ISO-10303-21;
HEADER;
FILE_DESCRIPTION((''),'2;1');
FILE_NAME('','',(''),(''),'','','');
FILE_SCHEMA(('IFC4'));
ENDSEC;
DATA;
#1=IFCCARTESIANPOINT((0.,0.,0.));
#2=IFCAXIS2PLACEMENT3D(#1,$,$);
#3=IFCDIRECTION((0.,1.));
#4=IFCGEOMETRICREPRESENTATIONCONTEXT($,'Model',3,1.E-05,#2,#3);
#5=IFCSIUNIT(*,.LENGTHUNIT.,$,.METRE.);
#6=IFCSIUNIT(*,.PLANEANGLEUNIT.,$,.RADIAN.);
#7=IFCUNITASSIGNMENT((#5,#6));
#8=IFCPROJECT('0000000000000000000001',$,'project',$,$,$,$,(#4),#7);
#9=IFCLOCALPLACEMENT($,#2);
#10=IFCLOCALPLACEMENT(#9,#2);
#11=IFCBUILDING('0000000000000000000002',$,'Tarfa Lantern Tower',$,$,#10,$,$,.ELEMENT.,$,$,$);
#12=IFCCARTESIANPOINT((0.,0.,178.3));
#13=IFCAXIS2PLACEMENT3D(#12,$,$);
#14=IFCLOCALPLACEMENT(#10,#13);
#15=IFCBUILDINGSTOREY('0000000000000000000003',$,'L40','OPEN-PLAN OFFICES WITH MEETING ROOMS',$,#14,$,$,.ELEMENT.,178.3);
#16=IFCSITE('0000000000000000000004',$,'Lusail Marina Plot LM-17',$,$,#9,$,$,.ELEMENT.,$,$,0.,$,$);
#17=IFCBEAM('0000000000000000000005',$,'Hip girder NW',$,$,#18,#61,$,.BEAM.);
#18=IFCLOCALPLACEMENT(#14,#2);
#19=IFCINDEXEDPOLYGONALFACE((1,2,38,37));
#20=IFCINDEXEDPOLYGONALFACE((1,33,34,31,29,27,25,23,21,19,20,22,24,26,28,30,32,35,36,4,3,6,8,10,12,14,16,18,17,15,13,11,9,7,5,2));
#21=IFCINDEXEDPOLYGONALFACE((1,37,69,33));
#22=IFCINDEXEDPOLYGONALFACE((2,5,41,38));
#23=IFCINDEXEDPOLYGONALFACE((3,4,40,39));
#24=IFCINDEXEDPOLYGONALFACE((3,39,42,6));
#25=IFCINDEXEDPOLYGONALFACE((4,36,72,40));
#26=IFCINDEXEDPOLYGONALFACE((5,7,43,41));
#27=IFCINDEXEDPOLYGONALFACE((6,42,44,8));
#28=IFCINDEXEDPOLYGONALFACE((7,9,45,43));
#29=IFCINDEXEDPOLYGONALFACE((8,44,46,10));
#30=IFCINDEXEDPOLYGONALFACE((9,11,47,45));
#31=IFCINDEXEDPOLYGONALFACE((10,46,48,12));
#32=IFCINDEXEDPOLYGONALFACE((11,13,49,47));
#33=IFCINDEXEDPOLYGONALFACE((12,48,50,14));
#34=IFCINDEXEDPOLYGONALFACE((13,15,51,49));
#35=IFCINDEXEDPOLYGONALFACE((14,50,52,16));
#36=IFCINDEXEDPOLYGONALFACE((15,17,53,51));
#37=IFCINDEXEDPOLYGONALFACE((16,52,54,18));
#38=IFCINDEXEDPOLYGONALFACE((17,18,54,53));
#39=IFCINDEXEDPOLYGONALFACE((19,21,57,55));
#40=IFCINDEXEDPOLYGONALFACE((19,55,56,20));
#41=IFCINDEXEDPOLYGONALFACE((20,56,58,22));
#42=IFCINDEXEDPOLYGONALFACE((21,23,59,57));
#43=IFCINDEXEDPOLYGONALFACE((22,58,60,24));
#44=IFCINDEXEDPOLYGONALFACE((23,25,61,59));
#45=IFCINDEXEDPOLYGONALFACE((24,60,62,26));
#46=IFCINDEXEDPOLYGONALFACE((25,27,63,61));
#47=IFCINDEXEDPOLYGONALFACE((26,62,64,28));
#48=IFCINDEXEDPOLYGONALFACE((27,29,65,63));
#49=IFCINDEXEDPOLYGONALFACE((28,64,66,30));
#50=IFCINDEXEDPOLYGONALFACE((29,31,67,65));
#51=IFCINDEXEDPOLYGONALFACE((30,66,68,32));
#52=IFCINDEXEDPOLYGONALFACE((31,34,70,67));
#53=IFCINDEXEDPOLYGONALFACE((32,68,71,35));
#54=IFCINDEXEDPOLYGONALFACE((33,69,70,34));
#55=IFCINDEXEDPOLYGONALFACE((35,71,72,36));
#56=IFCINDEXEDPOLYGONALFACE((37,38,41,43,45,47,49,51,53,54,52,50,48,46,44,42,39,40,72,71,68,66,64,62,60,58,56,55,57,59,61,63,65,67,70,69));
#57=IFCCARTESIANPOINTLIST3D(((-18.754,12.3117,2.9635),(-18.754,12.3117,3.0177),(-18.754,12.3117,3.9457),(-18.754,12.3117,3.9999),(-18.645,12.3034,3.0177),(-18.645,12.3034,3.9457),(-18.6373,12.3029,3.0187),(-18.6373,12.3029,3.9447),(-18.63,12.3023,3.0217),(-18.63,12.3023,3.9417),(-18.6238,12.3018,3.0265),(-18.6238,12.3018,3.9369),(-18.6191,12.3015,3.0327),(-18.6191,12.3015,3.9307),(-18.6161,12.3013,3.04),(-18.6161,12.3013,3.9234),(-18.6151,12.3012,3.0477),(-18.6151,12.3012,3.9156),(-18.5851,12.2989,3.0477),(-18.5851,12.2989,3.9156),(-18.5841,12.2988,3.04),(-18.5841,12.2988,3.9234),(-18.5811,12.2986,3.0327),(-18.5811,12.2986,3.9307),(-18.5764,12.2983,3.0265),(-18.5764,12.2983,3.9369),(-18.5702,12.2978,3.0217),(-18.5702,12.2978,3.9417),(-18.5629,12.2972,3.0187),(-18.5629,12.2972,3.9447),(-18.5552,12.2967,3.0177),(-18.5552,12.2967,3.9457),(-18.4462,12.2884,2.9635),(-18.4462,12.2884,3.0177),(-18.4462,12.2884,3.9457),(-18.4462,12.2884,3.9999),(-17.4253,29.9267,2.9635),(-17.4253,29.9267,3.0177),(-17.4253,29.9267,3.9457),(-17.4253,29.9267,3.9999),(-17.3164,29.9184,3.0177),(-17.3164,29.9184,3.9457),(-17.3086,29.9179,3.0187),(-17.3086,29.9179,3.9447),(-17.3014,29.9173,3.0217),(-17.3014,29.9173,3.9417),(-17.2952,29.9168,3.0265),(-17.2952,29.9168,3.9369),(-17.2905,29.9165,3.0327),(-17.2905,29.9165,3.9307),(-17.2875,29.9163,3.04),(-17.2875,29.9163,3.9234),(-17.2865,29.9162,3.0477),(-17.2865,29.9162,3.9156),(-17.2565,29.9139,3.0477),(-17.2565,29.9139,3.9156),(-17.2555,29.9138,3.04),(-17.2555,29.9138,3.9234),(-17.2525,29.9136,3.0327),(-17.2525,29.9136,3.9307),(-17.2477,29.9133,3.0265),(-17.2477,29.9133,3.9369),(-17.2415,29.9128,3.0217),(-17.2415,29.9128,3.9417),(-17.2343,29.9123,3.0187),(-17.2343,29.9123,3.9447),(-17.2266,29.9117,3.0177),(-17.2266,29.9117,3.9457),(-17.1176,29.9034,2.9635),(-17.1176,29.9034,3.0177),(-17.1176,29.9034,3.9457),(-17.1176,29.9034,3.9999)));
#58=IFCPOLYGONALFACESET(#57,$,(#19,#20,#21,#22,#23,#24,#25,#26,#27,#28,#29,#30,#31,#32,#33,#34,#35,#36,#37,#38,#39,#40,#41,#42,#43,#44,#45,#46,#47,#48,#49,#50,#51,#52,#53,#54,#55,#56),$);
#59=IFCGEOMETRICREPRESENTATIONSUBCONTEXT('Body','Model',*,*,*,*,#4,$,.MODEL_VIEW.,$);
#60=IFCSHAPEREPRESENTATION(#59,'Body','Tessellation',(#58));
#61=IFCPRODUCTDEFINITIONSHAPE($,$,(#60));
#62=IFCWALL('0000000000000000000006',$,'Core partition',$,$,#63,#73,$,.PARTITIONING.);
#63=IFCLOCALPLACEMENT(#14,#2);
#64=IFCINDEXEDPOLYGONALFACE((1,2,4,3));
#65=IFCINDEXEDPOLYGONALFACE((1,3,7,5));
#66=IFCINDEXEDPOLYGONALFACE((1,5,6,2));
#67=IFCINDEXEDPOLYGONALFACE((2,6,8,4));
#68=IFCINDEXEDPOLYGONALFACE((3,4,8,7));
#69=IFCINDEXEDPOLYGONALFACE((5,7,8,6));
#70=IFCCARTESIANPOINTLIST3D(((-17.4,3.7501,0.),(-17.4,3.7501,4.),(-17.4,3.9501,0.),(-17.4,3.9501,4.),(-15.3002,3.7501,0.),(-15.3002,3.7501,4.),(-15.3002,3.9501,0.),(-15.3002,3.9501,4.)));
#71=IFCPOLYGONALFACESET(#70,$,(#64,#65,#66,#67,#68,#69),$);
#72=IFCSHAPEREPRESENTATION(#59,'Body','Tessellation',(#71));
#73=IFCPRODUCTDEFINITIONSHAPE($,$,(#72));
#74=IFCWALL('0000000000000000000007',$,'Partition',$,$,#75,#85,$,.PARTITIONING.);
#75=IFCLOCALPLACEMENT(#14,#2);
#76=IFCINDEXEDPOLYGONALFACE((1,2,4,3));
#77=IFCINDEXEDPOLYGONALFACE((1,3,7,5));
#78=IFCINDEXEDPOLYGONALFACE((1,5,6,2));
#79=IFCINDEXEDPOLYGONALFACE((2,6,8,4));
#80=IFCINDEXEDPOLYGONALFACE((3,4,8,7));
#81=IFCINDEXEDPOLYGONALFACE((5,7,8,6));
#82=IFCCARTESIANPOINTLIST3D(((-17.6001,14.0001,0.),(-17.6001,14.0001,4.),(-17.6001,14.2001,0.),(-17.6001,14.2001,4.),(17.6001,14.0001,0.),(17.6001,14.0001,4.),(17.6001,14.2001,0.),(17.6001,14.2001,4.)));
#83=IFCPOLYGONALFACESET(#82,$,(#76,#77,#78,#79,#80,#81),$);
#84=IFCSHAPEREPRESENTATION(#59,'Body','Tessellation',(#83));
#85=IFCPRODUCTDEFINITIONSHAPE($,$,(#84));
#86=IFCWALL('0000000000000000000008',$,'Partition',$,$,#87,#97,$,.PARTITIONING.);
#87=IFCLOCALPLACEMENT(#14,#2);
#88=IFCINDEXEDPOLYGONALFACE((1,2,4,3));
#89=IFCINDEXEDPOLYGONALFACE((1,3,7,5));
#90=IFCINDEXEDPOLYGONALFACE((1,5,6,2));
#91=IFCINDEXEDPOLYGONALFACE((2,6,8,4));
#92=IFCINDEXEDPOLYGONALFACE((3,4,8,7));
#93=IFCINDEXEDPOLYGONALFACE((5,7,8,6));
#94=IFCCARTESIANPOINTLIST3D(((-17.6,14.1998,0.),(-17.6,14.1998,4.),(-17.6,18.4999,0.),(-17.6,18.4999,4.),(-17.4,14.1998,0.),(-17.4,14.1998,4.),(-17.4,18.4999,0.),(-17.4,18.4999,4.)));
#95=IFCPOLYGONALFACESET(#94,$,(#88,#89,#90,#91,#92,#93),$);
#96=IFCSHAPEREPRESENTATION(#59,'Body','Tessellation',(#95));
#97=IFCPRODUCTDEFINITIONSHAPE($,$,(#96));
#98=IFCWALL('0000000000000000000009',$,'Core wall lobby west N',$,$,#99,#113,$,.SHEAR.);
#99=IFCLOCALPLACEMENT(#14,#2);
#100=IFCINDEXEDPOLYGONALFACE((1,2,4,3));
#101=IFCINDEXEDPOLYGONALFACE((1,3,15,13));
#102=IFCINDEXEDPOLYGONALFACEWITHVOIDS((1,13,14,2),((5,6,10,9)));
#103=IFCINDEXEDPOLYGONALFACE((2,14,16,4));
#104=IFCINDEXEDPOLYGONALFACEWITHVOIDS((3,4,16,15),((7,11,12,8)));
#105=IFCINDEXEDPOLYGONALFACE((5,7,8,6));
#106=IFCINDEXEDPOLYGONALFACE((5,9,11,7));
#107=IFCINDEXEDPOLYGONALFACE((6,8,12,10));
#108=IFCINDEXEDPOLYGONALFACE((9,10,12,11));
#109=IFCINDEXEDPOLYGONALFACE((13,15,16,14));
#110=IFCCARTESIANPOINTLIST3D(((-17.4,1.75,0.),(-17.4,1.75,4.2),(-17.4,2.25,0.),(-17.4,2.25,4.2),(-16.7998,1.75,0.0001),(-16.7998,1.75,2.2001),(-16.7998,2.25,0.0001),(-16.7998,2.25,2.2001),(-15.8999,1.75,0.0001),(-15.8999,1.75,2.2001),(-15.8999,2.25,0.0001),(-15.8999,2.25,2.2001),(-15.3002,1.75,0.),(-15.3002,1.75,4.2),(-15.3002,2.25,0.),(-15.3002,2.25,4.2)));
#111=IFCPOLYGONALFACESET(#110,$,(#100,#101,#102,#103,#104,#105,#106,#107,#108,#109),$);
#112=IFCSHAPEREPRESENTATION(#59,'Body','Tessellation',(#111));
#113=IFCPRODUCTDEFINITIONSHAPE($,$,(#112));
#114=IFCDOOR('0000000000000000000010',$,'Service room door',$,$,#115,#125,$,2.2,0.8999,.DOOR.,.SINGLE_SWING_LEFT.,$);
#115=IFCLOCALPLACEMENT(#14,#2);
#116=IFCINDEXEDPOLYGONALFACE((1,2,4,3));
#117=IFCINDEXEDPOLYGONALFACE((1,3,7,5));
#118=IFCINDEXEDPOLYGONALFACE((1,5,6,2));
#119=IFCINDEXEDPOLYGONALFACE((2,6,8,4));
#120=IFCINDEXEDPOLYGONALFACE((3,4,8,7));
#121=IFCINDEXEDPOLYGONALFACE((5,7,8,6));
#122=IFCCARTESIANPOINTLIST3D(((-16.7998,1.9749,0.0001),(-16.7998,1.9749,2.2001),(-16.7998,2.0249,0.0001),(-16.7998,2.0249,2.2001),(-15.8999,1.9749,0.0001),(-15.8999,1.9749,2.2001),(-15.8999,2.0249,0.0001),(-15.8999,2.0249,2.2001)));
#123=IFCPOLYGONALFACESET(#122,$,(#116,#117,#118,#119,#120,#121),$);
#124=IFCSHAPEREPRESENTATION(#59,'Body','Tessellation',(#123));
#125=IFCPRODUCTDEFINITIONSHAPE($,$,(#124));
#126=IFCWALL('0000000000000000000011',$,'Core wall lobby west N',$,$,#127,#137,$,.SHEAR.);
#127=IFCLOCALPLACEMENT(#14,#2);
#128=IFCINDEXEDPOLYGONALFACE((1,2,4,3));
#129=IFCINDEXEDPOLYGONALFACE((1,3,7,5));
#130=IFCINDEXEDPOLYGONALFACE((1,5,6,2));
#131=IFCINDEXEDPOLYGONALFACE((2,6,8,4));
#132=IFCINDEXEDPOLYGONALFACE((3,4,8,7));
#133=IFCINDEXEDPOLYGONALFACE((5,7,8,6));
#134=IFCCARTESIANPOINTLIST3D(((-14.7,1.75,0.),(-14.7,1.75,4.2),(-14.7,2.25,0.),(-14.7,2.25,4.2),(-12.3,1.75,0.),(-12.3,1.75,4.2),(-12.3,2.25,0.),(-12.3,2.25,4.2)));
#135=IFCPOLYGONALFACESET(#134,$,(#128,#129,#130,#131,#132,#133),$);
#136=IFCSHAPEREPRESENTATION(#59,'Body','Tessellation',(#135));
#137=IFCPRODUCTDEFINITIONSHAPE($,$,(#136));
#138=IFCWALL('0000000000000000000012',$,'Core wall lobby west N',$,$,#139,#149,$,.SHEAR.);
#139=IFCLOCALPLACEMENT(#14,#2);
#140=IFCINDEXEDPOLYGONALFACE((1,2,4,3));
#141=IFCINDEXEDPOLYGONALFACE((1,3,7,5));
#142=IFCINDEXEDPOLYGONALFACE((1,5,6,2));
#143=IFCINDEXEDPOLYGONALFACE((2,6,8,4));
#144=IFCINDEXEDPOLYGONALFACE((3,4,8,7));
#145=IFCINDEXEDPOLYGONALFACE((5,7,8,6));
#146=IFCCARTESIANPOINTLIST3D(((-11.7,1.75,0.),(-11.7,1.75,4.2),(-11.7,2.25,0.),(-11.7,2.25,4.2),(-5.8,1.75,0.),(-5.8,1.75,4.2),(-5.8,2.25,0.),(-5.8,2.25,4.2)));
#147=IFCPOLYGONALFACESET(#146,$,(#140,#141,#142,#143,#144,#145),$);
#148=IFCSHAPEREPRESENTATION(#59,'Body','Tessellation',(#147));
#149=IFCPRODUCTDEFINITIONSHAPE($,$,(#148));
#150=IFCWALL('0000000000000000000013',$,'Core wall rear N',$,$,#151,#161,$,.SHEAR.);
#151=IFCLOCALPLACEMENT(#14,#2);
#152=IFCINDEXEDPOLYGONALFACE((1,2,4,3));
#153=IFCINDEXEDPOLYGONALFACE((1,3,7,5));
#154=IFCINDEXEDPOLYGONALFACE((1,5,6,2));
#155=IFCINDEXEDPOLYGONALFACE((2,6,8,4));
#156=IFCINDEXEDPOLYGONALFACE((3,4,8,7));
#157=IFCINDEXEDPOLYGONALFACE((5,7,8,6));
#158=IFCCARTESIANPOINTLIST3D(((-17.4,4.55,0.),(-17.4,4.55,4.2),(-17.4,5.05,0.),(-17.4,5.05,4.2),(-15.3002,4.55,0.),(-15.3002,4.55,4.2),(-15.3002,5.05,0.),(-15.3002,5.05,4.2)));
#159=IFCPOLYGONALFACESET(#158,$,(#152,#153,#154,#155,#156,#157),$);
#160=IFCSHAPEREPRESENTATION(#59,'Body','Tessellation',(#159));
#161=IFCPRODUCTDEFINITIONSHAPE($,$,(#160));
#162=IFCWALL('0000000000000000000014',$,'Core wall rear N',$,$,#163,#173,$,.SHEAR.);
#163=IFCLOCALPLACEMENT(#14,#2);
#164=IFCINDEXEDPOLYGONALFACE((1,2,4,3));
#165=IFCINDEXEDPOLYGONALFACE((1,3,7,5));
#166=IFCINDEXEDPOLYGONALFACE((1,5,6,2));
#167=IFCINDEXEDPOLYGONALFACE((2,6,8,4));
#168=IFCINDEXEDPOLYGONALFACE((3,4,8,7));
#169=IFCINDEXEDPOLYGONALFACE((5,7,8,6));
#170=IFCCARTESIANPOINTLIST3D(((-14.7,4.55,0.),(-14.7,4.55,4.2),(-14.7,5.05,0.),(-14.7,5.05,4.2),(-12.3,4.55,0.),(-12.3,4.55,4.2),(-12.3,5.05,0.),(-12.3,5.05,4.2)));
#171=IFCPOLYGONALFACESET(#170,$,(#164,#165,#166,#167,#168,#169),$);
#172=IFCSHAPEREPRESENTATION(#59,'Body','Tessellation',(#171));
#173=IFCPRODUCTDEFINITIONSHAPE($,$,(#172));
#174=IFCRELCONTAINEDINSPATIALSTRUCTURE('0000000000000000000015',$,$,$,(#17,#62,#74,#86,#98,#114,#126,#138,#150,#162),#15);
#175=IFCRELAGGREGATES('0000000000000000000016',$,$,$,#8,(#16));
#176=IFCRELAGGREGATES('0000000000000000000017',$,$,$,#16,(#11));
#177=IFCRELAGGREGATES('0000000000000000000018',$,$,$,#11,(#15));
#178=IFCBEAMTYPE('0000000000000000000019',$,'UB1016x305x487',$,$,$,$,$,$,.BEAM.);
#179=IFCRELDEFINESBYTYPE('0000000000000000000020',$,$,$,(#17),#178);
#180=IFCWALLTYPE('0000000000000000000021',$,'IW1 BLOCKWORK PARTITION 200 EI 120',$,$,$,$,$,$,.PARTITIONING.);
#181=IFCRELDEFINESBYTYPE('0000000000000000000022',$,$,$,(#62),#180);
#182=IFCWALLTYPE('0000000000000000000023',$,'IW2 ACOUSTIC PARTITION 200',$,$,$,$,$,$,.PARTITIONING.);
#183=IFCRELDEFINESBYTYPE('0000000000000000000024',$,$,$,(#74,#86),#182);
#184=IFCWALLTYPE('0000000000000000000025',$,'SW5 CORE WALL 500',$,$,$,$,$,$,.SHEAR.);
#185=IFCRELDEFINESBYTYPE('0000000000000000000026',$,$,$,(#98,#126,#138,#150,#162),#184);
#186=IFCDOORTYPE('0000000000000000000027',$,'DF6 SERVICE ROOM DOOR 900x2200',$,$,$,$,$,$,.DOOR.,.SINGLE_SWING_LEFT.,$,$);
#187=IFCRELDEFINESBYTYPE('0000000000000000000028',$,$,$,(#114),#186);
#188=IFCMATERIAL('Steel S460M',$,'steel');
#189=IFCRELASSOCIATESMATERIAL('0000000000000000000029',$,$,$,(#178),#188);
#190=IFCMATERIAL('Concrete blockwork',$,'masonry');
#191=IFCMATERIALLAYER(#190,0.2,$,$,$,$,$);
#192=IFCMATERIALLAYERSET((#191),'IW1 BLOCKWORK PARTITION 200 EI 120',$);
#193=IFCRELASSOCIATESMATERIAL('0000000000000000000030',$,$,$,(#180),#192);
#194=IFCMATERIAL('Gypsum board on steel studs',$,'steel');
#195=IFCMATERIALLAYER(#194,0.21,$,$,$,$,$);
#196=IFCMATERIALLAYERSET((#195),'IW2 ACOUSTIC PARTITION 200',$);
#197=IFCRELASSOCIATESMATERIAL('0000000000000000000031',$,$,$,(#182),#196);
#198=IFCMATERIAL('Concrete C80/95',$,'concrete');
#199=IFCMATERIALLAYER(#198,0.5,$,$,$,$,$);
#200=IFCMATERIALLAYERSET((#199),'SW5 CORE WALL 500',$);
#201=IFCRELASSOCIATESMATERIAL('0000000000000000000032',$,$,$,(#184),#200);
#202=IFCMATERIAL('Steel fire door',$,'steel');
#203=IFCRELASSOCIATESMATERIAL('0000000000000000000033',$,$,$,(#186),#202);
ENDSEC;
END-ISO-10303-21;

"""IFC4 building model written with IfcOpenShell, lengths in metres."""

from ifc_helpers import new_model, si_unit, direction, frame, frame_2d, origin, origin_2d, place, context, subcontext, project, spatial, rectangle, i_section, extrude, material, layer, layer_set, material_profile, profile_set, type_object, element, fill, save


model = new_model("IFC4")

# Units and contexts
model_context = context("Model", 3, precision=1e-05, world=origin(), true_north=direction((0.0, 1.0)))
body_context = subcontext(model_context, "Body", "Model", "MODEL_VIEW")
ifc_project = project(units=[si_unit("LENGTHUNIT", "METRE"), si_unit("PLANEANGLEUNIT", "RADIAN")], contexts=[model_context])

# Site, building, storey
site_placement = place(None, origin())
site = spatial("IfcSite", under=ifc_project, at=site_placement, Name="Lusail Marina Plot LM-17", CompositionType="ELEMENT", RefElevation=0.0)
building_placement = place(site_placement, origin())
building = spatial("IfcBuilding", under=site, at=building_placement, Name="Tarfa Lantern Tower", CompositionType="ELEMENT")
storey_placement = place(building_placement, frame((0.0, 0.0, 178.3)))
storey = spatial("IfcBuildingStorey", under=building, at=storey_placement, Name="L40", Description="OPEN-PLAN OFFICES WITH MEETING ROOMS", CompositionType="ELEMENT", Elevation=178.3)

# Beam
ifc_material_1 = material(Name="Steel S460M", Category="steel")
ifc_material_profile = material_profile(ifc_material_1, i_section(OverallWidth=0.3086, OverallDepth=1.0364, WebThickness=0.03, FlangeThickness=0.0542, FilletRadius=0.03, at=origin_2d()), Name="UB1016x305x487")
ifc_profile_set = profile_set([ifc_material_profile], Name="Steel S460M")
beam_type = type_object("IfcBeamType", Name="UB1016x305x487", PredefinedType="BEAM", material=ifc_profile_set)
beam_placement = place(storey_placement, frame((-18.6001, 12.3, 3.4817), z_axis=(0.075212, 0.997168, 0.0), x_axis=(-0.997168, 0.075212, 0.0)))
element("IfcBeam", 1, at=beam_placement, inside=storey, type_object=beam_type, Name="Hip girder NW", PredefinedType="BEAM", context=body_context, shape_type="SweptSolid", body=[
    extrude(i_section(OverallWidth=0.3086, OverallDepth=1.0364, WebThickness=0.03, FlangeThickness=0.0542, FilletRadius=0.03, at=origin_2d()), origin(), (0.0, 0.0, 1.0), 17.665),
])

# Walls
ifc_material_2 = material(Name="Concrete blockwork", Category="masonry")
ifc_layer_1 = layer(ifc_material_2, 0.2)
ifc_layer_set_1 = layer_set([ifc_layer_1], Name="IW1 BLOCKWORK PARTITION 200 EI 120")
wall_type_1 = type_object("IfcWallType", Name="IW1 BLOCKWORK PARTITION 200 EI 120", PredefinedType="PARTITIONING", material=ifc_layer_set_1)
wall_1_placement = place(storey_placement, frame((-17.3999, 3.8501, 0.0), z_axis=(0.0, 0.0, 1.0), x_axis=(1.0, 0.0, 0.0)))
element("IfcWall", 2, at=wall_1_placement, inside=storey, type_object=wall_type_1, Name="Core partition", PredefinedType="PARTITIONING", context=body_context, shape_type="SweptSolid", body=[
    extrude(rectangle(XDim=2.0999, YDim=0.2, at=frame_2d((1.0498, 0.0))), origin(), (0.0, 0.0, 1.0), 4.0),
])
ifc_material_3 = material(Name="Gypsum board on steel studs", Category="steel")
ifc_layer_2 = layer(ifc_material_3, 0.21)
ifc_layer_set_2 = layer_set([ifc_layer_2], Name="IW2 ACOUSTIC PARTITION 200")
wall_type_2 = type_object("IfcWallType", Name="IW2 ACOUSTIC PARTITION 200", PredefinedType="PARTITIONING", material=ifc_layer_set_2)
wall_2_placement = place(storey_placement, frame((-17.6001, 14.1001, 0.0), z_axis=(0.0, 0.0, 1.0), x_axis=(1.0, 0.0, 0.0)))
element("IfcWall", 3, at=wall_2_placement, inside=storey, type_object=wall_type_2, Name="Partition", PredefinedType="PARTITIONING", context=body_context, shape_type="SweptSolid", body=[
    extrude(rectangle(XDim=35.2002, YDim=0.2, at=frame_2d((17.6001, 0.0))), origin(), (0.0, 0.0, 1.0), 4.0),
])
wall_3_placement = place(storey_placement, frame((-17.5, 14.2, 0.0), z_axis=(0.0, 0.0, 1.0), x_axis=(0.0, 1.0, 0.0)))
element("IfcWall", 4, at=wall_3_placement, inside=storey, type_object=wall_type_2, Name="Partition", PredefinedType="PARTITIONING", context=body_context, shape_type="SweptSolid", body=[
    extrude(rectangle(XDim=4.3, YDim=0.2, at=frame_2d((2.1499, 0.0))), origin(), (0.0, 0.0, 1.0), 4.0),
])

# Wall, opening, door
ifc_material_4 = material(Name="Concrete C80/95", Category="concrete")
ifc_material_5 = material(Name="Steel fire door", Category="steel")
ifc_layer_3 = layer(ifc_material_4, 0.5)
ifc_layer_set_3 = layer_set([ifc_layer_3], Name="SW5 CORE WALL 500")
wall_type_3 = type_object("IfcWallType", Name="SW5 CORE WALL 500", PredefinedType="SHEAR", material=ifc_layer_set_3)
wall_4_placement = place(storey_placement, frame((-17.3999, 2.0, 0.0), z_axis=(0.0, 0.0, 1.0), x_axis=(1.0, 0.0, 0.0)))
wall_4 = element("IfcWall", 5, at=wall_4_placement, inside=storey, type_object=wall_type_3, Name="Core wall lobby west N", PredefinedType="SHEAR", context=body_context, shape_type="SweptSolid", body=[
    extrude(rectangle(XDim=2.0999, YDim=0.5, at=frame_2d((1.0498, 0.0))), origin(), (0.0, 0.0, 1.0), 4.2),
])
opening_1_placement = place(wall_4_placement, frame((0.6001, 0.0, 0.0)))
opening_1 = element("IfcOpeningElement", 6, at=opening_1_placement, cuts=wall_4, PredefinedType="OPENING", context=body_context, shape_type="SweptSolid", body=[
    extrude(rectangle(XDim=0.8999, YDim=2.2, at=frame_2d((0.45, 1.1001))), frame((0.0, 0.26, 0.0), z_axis=(0.0, -1.0, 0.0), x_axis=(1.0, 0.0, 0.0)), (0.0, 0.0, 1.0), 0.52),
])
door_type_1 = type_object("IfcDoorType", Name="DF6 SERVICE ROOM DOOR 900x2200", OperationType="SINGLE_SWING_LEFT", PredefinedType="DOOR", material=ifc_material_5)
door_1_placement = place(opening_1_placement, origin())
door_1 = element("IfcDoor", 7, at=door_1_placement, inside=storey, type_object=door_type_1, Name="Service room door", OperationType="SINGLE_SWING_LEFT", OverallHeight=2.2, OverallWidth=0.8999, PredefinedType="DOOR", context=body_context, shape_type="SweptSolid", body=[
    extrude(rectangle(XDim=0.8999, YDim=2.2, at=frame_2d((0.45, 1.1001))), frame((0.0, 0.0249, 0.0), z_axis=(0.0, -1.0, 0.0), x_axis=(1.0, 0.0, 0.0)), (0.0, 0.0, 1.0), 0.05),
])
fill(opening_1, door_1)

# Walls
wall_5_placement = place(storey_placement, frame((-14.7, 2.0, 0.0), z_axis=(0.0, 0.0, 1.0), x_axis=(1.0, 0.0, 0.0)))
element("IfcWall", 8, at=wall_5_placement, inside=storey, type_object=wall_type_3, Name="Core wall lobby west N", PredefinedType="SHEAR", context=body_context, shape_type="SweptSolid", body=[
    extrude(rectangle(XDim=2.3999, YDim=0.5, at=frame_2d((1.2, 0.0))), origin(), (0.0, 0.0, 1.0), 4.2),
])
wall_6_placement = place(storey_placement, frame((-11.7, 2.0, 0.0), z_axis=(0.0, 0.0, 1.0), x_axis=(1.0, 0.0, 0.0)))
element("IfcWall", 9, at=wall_6_placement, inside=storey, type_object=wall_type_3, Name="Core wall lobby west N", PredefinedType="SHEAR", context=body_context, shape_type="SweptSolid", body=[
    extrude(rectangle(XDim=5.8999, YDim=0.5, at=frame_2d((2.95, 0.0))), origin(), (0.0, 0.0, 1.0), 4.2),
])
wall_7_placement = place(storey_placement, frame((-17.3999, 4.8, 0.0), z_axis=(0.0, 0.0, 1.0), x_axis=(1.0, 0.0, 0.0)))
element("IfcWall", 10, at=wall_7_placement, inside=storey, type_object=wall_type_3, Name="Core wall rear N", PredefinedType="SHEAR", context=body_context, shape_type="SweptSolid", body=[
    extrude(rectangle(XDim=2.0999, YDim=0.5, at=frame_2d((1.0498, 0.0))), origin(), (0.0, 0.0, 1.0), 4.2),
])
wall_8_placement = place(storey_placement, frame((-14.7, 4.8, 0.0), z_axis=(0.0, 0.0, 1.0), x_axis=(1.0, 0.0, 0.0)))
element("IfcWall", 11, at=wall_8_placement, inside=storey, type_object=wall_type_3, Name="Core wall rear N", PredefinedType="SHEAR", context=body_context, shape_type="SweptSolid", body=[
    extrude(rectangle(XDim=2.3999, YDim=0.5, at=frame_2d((1.2, 0.0))), origin(), (0.0, 0.0, 1.0), 4.2),
])

save(model, "model.ifc")
